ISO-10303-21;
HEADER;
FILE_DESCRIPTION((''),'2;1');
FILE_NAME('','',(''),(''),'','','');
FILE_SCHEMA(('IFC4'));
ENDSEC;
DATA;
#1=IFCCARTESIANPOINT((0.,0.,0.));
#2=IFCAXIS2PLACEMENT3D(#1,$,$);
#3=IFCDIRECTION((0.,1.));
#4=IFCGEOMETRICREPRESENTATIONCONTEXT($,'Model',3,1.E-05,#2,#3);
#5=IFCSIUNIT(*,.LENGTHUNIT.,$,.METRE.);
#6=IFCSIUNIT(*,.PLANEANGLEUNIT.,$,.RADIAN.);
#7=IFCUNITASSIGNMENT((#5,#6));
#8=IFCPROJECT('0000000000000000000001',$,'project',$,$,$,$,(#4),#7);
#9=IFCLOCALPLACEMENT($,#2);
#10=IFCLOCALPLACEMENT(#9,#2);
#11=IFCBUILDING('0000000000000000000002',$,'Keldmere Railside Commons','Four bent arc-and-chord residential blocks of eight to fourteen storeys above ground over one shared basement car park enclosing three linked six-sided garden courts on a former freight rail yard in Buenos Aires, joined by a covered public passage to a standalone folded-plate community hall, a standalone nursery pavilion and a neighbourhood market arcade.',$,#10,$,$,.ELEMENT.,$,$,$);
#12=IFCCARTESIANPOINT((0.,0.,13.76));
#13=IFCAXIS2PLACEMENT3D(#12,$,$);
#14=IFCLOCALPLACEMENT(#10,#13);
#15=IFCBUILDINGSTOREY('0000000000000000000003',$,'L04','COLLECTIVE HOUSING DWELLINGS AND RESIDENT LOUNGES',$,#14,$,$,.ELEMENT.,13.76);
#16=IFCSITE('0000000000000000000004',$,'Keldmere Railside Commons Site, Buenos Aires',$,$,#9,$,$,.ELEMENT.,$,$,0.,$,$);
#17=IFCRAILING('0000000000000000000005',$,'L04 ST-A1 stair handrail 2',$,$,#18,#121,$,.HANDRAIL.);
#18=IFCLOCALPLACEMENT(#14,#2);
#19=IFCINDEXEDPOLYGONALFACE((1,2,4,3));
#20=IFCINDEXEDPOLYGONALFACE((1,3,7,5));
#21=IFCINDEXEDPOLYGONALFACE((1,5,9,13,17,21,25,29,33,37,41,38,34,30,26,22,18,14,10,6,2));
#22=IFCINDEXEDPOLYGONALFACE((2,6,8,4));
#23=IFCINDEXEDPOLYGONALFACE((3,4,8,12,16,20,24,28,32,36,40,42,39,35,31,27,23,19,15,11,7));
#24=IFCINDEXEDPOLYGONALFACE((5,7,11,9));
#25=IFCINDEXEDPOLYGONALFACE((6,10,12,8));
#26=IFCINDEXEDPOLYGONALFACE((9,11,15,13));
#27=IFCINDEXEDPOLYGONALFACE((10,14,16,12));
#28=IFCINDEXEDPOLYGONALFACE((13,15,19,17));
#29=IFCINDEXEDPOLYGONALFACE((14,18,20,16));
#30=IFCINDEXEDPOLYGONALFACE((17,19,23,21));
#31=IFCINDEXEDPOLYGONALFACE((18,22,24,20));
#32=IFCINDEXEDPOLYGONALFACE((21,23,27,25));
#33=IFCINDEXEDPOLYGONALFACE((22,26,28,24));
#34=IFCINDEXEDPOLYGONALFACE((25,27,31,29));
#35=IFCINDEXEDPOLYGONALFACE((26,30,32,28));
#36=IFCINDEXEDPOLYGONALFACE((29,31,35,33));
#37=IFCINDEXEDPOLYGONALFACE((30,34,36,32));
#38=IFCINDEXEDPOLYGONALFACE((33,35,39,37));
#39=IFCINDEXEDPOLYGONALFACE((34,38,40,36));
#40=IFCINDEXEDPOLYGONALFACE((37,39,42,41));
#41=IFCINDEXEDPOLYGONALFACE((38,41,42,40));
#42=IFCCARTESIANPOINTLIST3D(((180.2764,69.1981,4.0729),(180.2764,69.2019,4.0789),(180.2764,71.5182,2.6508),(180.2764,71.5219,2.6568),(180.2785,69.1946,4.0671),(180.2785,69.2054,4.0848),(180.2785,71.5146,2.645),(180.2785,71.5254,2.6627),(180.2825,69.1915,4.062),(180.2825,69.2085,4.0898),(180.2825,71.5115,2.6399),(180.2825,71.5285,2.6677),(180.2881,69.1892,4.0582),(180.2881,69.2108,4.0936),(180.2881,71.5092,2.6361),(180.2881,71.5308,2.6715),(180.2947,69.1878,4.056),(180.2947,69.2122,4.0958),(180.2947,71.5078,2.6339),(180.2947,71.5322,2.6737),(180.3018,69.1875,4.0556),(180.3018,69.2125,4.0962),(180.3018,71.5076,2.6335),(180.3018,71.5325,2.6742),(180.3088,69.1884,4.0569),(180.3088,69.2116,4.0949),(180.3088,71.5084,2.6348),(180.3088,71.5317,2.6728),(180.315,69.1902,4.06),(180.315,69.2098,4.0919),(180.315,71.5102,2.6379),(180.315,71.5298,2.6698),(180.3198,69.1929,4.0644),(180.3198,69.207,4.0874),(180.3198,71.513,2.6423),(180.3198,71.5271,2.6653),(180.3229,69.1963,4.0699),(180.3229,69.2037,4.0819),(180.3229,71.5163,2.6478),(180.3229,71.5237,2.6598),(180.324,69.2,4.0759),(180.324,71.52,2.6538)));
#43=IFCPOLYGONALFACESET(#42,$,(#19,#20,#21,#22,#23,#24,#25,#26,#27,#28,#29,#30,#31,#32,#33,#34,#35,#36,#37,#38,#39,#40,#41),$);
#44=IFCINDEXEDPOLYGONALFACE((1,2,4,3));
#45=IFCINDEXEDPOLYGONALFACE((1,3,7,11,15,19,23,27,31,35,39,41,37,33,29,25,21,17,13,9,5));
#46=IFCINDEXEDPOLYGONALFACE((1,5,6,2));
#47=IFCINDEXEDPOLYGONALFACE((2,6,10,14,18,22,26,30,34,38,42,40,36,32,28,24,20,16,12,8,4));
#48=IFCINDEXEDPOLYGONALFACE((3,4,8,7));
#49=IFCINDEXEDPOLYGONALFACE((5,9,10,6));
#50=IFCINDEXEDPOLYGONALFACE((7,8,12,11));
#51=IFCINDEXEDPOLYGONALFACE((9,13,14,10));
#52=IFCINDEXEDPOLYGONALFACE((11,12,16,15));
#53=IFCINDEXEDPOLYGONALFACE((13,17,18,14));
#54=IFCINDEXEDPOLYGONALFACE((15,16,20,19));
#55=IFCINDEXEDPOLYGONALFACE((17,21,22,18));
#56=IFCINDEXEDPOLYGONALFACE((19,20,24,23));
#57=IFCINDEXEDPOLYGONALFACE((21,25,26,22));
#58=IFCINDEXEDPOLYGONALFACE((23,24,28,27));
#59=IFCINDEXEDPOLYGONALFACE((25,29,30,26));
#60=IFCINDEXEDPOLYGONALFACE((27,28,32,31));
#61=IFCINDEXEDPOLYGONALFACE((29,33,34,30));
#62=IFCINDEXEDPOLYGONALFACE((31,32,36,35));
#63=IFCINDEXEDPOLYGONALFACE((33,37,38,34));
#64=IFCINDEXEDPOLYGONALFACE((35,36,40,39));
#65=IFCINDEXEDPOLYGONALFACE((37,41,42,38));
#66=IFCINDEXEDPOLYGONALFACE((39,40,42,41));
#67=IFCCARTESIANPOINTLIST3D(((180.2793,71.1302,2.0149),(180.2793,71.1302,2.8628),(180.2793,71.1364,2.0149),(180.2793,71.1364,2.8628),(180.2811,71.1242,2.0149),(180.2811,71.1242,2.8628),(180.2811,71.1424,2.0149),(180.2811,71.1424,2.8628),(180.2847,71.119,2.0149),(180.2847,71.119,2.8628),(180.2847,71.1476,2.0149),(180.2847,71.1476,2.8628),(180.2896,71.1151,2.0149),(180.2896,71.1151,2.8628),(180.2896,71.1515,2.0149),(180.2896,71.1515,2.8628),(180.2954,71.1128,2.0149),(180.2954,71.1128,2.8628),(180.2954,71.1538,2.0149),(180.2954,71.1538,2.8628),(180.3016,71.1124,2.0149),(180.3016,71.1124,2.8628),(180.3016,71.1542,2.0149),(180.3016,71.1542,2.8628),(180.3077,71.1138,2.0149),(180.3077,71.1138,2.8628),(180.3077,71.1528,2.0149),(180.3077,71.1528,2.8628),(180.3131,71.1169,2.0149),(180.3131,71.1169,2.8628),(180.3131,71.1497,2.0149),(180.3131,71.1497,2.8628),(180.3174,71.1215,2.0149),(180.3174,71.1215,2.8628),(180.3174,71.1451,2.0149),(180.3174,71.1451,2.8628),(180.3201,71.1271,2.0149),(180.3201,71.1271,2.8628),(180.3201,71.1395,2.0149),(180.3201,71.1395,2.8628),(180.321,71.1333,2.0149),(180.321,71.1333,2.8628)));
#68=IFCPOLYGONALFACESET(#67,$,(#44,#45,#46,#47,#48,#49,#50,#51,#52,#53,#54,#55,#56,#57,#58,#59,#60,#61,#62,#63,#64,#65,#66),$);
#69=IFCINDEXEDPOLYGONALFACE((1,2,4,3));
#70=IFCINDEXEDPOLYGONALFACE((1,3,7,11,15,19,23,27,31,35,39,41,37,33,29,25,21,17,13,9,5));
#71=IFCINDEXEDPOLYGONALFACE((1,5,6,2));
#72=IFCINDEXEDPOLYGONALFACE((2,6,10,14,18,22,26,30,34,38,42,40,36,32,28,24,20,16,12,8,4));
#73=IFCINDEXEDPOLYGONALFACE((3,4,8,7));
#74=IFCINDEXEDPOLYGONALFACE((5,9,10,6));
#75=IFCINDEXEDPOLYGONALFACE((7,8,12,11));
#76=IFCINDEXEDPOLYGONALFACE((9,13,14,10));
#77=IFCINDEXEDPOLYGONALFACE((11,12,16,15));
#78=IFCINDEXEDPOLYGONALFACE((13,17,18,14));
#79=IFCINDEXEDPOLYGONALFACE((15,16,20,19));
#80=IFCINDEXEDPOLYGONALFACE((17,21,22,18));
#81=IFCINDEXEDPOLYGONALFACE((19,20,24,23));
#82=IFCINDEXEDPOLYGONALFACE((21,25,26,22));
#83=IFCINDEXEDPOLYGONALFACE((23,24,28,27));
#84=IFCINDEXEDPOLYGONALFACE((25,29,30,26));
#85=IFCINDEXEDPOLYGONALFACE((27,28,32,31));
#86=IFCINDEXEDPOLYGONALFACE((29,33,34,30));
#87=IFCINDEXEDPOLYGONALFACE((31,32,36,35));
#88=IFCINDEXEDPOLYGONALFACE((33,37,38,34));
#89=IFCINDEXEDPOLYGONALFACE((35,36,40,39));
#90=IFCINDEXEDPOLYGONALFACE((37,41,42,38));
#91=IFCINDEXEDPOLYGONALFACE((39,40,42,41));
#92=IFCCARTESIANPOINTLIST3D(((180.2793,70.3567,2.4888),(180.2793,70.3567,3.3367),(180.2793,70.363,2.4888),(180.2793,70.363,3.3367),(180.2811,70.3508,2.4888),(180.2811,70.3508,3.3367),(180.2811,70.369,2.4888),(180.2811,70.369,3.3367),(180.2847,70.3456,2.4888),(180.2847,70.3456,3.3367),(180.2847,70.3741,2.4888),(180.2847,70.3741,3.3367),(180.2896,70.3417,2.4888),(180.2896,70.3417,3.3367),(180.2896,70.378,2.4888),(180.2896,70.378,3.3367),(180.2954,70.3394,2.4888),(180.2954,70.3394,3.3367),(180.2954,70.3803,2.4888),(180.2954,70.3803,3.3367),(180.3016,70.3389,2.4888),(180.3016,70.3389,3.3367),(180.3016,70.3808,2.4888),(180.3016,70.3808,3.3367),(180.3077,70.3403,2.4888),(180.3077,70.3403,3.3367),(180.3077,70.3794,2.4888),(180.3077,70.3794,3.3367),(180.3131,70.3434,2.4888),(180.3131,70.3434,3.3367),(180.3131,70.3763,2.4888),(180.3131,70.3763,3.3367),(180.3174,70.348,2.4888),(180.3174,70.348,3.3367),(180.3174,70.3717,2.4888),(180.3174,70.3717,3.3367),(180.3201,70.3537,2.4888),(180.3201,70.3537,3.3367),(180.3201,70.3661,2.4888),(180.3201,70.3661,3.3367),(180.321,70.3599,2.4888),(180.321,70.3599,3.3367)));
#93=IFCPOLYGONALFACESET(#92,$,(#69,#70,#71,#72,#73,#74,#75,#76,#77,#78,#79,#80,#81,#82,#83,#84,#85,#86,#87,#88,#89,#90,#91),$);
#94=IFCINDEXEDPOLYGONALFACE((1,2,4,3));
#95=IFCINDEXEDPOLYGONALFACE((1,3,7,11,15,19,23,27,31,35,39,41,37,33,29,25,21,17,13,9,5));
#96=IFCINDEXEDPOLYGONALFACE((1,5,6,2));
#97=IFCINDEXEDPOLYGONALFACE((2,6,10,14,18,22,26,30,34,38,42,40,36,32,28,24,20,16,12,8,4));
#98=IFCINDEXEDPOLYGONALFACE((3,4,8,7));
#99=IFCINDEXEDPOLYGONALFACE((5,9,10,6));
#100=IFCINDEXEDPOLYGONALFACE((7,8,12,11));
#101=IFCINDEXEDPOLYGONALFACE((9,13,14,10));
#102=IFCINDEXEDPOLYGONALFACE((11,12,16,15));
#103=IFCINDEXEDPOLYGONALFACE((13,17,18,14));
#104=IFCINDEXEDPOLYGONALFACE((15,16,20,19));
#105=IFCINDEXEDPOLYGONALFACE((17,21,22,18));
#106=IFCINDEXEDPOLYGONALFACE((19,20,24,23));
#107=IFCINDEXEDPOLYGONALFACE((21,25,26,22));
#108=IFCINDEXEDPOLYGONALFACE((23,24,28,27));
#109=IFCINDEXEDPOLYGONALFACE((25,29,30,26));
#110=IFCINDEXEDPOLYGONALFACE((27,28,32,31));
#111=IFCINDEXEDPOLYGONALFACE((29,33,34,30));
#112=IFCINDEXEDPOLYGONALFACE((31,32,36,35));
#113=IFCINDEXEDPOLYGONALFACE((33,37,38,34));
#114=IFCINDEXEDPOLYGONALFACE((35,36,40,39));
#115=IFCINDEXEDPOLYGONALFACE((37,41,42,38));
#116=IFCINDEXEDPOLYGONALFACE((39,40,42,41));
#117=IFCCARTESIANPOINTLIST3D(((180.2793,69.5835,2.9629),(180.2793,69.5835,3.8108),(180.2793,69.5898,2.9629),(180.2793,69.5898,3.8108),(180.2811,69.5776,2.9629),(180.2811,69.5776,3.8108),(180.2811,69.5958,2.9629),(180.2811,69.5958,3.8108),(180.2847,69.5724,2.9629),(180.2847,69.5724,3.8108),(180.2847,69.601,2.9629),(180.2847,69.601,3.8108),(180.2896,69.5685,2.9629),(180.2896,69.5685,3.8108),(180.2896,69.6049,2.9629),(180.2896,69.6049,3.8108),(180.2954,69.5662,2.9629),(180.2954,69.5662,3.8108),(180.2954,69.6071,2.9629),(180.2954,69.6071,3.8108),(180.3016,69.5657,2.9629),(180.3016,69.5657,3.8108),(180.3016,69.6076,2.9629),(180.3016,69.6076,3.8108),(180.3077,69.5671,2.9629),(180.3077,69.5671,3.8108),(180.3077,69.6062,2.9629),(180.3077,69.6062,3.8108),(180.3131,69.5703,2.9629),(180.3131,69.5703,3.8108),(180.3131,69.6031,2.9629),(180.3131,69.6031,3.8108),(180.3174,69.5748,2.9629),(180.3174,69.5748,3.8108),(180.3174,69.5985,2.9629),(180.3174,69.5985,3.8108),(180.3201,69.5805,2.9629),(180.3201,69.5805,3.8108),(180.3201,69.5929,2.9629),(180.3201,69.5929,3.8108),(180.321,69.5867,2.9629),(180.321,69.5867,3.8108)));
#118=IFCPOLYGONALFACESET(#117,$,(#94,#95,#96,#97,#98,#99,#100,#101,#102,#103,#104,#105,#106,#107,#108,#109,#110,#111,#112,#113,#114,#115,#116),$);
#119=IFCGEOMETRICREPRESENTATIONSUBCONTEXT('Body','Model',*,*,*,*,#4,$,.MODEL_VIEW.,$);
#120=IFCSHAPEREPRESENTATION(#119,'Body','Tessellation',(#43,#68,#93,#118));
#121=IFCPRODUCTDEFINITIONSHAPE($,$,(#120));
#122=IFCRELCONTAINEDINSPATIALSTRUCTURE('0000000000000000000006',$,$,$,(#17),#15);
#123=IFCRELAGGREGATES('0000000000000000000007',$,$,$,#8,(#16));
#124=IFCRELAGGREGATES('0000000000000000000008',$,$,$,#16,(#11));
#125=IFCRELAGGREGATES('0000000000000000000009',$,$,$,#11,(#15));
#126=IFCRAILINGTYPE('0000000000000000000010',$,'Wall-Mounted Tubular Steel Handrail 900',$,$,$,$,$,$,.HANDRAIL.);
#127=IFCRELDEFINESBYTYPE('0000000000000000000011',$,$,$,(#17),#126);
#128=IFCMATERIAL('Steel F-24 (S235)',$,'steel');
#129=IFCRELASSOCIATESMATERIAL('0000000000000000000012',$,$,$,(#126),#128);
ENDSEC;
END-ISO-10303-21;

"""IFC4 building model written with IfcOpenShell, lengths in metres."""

from ifc_helpers import new_model, si_unit, direction, frame, origin, origin_2d, place, context, subcontext, project, spatial, circle, extrude, material, type_object, element, save


model = new_model("IFC4")

# Units and contexts
model_context = context("Model", 3, precision=1e-05, world=origin(), true_north=direction((0.0, 1.0)))
body_context = subcontext(model_context, "Body", "Model", "MODEL_VIEW")
ifc_project = project(units=[si_unit("LENGTHUNIT", "METRE"), si_unit("PLANEANGLEUNIT", "RADIAN")], contexts=[model_context])

# Site, building, storey
site_placement = place(None, origin())
site = spatial("IfcSite", under=ifc_project, at=site_placement, Name="Keldmere Railside Commons Site, Buenos Aires", CompositionType="ELEMENT", RefElevation=0.0)
building_placement = place(site_placement, origin())
building = spatial("IfcBuilding", under=site, at=building_placement, Name="Keldmere Railside Commons", Description="Four bent arc-and-chord residential blocks of eight to fourteen storeys above ground over one shared basement car park enclosing three linked six-sided garden courts on a former freight rail yard in Buenos Aires, joined by a covered public passage to a standalone folded-plate community hall, a standalone nursery pavilion and a neighbourhood market arcade.", CompositionType="ELEMENT")
storey_placement = place(building_placement, frame((0.0, 0.0, 13.76)))
storey = spatial("IfcBuildingStorey", under=building, at=storey_placement, Name="L04", Description="COLLECTIVE HOUSING DWELLINGS AND RESIDENT LOUNGES", CompositionType="ELEMENT", Elevation=13.76)

# Shared definitions
ifc_material_1 = material(Name="Steel F-24 (S235)", Category="steel")

# Railing
railing_type_1 = type_object("IfcRailingType", Name="Wall-Mounted Tubular Steel Handrail 900", PredefinedType="HANDRAIL", material=ifc_material_1)
railing_1_placement = place(storey_placement, frame((180.3, 71.52, 1.7778)))
element("IfcRailing", 1, at=railing_1_placement, inside=storey, type_object=railing_type_1, Name="L04 ST-A1 stair handrail 2", PredefinedType="HANDRAIL", context=body_context, shape_type="SweptSolid", body=[
    extrude(circle(Radius=0.0239, at=origin_2d()), frame((0.0, 0.0, 0.876), z_axis=(0.0, -0.852578, 0.5226), x_axis=(1.0, 0.0, 0.0)), (0.0, 0.0, 1.0), 2.7212),
    extrude(circle(Radius=0.021, at=origin_2d()), frame((0.0, -0.3867, 0.2371)), (0.0, 0.0, 1.0), 0.8479),
    extrude(circle(Radius=0.021, at=origin_2d()), frame((0.0, -1.1602, 0.7109)), (0.0, 0.0, 1.0), 0.8479),
    extrude(circle(Radius=0.021, at=origin_2d()), frame((0.0, -1.9333, 1.1851)), (0.0, 0.0, 1.0), 0.8479),
])

save(model, "model.ifc")
